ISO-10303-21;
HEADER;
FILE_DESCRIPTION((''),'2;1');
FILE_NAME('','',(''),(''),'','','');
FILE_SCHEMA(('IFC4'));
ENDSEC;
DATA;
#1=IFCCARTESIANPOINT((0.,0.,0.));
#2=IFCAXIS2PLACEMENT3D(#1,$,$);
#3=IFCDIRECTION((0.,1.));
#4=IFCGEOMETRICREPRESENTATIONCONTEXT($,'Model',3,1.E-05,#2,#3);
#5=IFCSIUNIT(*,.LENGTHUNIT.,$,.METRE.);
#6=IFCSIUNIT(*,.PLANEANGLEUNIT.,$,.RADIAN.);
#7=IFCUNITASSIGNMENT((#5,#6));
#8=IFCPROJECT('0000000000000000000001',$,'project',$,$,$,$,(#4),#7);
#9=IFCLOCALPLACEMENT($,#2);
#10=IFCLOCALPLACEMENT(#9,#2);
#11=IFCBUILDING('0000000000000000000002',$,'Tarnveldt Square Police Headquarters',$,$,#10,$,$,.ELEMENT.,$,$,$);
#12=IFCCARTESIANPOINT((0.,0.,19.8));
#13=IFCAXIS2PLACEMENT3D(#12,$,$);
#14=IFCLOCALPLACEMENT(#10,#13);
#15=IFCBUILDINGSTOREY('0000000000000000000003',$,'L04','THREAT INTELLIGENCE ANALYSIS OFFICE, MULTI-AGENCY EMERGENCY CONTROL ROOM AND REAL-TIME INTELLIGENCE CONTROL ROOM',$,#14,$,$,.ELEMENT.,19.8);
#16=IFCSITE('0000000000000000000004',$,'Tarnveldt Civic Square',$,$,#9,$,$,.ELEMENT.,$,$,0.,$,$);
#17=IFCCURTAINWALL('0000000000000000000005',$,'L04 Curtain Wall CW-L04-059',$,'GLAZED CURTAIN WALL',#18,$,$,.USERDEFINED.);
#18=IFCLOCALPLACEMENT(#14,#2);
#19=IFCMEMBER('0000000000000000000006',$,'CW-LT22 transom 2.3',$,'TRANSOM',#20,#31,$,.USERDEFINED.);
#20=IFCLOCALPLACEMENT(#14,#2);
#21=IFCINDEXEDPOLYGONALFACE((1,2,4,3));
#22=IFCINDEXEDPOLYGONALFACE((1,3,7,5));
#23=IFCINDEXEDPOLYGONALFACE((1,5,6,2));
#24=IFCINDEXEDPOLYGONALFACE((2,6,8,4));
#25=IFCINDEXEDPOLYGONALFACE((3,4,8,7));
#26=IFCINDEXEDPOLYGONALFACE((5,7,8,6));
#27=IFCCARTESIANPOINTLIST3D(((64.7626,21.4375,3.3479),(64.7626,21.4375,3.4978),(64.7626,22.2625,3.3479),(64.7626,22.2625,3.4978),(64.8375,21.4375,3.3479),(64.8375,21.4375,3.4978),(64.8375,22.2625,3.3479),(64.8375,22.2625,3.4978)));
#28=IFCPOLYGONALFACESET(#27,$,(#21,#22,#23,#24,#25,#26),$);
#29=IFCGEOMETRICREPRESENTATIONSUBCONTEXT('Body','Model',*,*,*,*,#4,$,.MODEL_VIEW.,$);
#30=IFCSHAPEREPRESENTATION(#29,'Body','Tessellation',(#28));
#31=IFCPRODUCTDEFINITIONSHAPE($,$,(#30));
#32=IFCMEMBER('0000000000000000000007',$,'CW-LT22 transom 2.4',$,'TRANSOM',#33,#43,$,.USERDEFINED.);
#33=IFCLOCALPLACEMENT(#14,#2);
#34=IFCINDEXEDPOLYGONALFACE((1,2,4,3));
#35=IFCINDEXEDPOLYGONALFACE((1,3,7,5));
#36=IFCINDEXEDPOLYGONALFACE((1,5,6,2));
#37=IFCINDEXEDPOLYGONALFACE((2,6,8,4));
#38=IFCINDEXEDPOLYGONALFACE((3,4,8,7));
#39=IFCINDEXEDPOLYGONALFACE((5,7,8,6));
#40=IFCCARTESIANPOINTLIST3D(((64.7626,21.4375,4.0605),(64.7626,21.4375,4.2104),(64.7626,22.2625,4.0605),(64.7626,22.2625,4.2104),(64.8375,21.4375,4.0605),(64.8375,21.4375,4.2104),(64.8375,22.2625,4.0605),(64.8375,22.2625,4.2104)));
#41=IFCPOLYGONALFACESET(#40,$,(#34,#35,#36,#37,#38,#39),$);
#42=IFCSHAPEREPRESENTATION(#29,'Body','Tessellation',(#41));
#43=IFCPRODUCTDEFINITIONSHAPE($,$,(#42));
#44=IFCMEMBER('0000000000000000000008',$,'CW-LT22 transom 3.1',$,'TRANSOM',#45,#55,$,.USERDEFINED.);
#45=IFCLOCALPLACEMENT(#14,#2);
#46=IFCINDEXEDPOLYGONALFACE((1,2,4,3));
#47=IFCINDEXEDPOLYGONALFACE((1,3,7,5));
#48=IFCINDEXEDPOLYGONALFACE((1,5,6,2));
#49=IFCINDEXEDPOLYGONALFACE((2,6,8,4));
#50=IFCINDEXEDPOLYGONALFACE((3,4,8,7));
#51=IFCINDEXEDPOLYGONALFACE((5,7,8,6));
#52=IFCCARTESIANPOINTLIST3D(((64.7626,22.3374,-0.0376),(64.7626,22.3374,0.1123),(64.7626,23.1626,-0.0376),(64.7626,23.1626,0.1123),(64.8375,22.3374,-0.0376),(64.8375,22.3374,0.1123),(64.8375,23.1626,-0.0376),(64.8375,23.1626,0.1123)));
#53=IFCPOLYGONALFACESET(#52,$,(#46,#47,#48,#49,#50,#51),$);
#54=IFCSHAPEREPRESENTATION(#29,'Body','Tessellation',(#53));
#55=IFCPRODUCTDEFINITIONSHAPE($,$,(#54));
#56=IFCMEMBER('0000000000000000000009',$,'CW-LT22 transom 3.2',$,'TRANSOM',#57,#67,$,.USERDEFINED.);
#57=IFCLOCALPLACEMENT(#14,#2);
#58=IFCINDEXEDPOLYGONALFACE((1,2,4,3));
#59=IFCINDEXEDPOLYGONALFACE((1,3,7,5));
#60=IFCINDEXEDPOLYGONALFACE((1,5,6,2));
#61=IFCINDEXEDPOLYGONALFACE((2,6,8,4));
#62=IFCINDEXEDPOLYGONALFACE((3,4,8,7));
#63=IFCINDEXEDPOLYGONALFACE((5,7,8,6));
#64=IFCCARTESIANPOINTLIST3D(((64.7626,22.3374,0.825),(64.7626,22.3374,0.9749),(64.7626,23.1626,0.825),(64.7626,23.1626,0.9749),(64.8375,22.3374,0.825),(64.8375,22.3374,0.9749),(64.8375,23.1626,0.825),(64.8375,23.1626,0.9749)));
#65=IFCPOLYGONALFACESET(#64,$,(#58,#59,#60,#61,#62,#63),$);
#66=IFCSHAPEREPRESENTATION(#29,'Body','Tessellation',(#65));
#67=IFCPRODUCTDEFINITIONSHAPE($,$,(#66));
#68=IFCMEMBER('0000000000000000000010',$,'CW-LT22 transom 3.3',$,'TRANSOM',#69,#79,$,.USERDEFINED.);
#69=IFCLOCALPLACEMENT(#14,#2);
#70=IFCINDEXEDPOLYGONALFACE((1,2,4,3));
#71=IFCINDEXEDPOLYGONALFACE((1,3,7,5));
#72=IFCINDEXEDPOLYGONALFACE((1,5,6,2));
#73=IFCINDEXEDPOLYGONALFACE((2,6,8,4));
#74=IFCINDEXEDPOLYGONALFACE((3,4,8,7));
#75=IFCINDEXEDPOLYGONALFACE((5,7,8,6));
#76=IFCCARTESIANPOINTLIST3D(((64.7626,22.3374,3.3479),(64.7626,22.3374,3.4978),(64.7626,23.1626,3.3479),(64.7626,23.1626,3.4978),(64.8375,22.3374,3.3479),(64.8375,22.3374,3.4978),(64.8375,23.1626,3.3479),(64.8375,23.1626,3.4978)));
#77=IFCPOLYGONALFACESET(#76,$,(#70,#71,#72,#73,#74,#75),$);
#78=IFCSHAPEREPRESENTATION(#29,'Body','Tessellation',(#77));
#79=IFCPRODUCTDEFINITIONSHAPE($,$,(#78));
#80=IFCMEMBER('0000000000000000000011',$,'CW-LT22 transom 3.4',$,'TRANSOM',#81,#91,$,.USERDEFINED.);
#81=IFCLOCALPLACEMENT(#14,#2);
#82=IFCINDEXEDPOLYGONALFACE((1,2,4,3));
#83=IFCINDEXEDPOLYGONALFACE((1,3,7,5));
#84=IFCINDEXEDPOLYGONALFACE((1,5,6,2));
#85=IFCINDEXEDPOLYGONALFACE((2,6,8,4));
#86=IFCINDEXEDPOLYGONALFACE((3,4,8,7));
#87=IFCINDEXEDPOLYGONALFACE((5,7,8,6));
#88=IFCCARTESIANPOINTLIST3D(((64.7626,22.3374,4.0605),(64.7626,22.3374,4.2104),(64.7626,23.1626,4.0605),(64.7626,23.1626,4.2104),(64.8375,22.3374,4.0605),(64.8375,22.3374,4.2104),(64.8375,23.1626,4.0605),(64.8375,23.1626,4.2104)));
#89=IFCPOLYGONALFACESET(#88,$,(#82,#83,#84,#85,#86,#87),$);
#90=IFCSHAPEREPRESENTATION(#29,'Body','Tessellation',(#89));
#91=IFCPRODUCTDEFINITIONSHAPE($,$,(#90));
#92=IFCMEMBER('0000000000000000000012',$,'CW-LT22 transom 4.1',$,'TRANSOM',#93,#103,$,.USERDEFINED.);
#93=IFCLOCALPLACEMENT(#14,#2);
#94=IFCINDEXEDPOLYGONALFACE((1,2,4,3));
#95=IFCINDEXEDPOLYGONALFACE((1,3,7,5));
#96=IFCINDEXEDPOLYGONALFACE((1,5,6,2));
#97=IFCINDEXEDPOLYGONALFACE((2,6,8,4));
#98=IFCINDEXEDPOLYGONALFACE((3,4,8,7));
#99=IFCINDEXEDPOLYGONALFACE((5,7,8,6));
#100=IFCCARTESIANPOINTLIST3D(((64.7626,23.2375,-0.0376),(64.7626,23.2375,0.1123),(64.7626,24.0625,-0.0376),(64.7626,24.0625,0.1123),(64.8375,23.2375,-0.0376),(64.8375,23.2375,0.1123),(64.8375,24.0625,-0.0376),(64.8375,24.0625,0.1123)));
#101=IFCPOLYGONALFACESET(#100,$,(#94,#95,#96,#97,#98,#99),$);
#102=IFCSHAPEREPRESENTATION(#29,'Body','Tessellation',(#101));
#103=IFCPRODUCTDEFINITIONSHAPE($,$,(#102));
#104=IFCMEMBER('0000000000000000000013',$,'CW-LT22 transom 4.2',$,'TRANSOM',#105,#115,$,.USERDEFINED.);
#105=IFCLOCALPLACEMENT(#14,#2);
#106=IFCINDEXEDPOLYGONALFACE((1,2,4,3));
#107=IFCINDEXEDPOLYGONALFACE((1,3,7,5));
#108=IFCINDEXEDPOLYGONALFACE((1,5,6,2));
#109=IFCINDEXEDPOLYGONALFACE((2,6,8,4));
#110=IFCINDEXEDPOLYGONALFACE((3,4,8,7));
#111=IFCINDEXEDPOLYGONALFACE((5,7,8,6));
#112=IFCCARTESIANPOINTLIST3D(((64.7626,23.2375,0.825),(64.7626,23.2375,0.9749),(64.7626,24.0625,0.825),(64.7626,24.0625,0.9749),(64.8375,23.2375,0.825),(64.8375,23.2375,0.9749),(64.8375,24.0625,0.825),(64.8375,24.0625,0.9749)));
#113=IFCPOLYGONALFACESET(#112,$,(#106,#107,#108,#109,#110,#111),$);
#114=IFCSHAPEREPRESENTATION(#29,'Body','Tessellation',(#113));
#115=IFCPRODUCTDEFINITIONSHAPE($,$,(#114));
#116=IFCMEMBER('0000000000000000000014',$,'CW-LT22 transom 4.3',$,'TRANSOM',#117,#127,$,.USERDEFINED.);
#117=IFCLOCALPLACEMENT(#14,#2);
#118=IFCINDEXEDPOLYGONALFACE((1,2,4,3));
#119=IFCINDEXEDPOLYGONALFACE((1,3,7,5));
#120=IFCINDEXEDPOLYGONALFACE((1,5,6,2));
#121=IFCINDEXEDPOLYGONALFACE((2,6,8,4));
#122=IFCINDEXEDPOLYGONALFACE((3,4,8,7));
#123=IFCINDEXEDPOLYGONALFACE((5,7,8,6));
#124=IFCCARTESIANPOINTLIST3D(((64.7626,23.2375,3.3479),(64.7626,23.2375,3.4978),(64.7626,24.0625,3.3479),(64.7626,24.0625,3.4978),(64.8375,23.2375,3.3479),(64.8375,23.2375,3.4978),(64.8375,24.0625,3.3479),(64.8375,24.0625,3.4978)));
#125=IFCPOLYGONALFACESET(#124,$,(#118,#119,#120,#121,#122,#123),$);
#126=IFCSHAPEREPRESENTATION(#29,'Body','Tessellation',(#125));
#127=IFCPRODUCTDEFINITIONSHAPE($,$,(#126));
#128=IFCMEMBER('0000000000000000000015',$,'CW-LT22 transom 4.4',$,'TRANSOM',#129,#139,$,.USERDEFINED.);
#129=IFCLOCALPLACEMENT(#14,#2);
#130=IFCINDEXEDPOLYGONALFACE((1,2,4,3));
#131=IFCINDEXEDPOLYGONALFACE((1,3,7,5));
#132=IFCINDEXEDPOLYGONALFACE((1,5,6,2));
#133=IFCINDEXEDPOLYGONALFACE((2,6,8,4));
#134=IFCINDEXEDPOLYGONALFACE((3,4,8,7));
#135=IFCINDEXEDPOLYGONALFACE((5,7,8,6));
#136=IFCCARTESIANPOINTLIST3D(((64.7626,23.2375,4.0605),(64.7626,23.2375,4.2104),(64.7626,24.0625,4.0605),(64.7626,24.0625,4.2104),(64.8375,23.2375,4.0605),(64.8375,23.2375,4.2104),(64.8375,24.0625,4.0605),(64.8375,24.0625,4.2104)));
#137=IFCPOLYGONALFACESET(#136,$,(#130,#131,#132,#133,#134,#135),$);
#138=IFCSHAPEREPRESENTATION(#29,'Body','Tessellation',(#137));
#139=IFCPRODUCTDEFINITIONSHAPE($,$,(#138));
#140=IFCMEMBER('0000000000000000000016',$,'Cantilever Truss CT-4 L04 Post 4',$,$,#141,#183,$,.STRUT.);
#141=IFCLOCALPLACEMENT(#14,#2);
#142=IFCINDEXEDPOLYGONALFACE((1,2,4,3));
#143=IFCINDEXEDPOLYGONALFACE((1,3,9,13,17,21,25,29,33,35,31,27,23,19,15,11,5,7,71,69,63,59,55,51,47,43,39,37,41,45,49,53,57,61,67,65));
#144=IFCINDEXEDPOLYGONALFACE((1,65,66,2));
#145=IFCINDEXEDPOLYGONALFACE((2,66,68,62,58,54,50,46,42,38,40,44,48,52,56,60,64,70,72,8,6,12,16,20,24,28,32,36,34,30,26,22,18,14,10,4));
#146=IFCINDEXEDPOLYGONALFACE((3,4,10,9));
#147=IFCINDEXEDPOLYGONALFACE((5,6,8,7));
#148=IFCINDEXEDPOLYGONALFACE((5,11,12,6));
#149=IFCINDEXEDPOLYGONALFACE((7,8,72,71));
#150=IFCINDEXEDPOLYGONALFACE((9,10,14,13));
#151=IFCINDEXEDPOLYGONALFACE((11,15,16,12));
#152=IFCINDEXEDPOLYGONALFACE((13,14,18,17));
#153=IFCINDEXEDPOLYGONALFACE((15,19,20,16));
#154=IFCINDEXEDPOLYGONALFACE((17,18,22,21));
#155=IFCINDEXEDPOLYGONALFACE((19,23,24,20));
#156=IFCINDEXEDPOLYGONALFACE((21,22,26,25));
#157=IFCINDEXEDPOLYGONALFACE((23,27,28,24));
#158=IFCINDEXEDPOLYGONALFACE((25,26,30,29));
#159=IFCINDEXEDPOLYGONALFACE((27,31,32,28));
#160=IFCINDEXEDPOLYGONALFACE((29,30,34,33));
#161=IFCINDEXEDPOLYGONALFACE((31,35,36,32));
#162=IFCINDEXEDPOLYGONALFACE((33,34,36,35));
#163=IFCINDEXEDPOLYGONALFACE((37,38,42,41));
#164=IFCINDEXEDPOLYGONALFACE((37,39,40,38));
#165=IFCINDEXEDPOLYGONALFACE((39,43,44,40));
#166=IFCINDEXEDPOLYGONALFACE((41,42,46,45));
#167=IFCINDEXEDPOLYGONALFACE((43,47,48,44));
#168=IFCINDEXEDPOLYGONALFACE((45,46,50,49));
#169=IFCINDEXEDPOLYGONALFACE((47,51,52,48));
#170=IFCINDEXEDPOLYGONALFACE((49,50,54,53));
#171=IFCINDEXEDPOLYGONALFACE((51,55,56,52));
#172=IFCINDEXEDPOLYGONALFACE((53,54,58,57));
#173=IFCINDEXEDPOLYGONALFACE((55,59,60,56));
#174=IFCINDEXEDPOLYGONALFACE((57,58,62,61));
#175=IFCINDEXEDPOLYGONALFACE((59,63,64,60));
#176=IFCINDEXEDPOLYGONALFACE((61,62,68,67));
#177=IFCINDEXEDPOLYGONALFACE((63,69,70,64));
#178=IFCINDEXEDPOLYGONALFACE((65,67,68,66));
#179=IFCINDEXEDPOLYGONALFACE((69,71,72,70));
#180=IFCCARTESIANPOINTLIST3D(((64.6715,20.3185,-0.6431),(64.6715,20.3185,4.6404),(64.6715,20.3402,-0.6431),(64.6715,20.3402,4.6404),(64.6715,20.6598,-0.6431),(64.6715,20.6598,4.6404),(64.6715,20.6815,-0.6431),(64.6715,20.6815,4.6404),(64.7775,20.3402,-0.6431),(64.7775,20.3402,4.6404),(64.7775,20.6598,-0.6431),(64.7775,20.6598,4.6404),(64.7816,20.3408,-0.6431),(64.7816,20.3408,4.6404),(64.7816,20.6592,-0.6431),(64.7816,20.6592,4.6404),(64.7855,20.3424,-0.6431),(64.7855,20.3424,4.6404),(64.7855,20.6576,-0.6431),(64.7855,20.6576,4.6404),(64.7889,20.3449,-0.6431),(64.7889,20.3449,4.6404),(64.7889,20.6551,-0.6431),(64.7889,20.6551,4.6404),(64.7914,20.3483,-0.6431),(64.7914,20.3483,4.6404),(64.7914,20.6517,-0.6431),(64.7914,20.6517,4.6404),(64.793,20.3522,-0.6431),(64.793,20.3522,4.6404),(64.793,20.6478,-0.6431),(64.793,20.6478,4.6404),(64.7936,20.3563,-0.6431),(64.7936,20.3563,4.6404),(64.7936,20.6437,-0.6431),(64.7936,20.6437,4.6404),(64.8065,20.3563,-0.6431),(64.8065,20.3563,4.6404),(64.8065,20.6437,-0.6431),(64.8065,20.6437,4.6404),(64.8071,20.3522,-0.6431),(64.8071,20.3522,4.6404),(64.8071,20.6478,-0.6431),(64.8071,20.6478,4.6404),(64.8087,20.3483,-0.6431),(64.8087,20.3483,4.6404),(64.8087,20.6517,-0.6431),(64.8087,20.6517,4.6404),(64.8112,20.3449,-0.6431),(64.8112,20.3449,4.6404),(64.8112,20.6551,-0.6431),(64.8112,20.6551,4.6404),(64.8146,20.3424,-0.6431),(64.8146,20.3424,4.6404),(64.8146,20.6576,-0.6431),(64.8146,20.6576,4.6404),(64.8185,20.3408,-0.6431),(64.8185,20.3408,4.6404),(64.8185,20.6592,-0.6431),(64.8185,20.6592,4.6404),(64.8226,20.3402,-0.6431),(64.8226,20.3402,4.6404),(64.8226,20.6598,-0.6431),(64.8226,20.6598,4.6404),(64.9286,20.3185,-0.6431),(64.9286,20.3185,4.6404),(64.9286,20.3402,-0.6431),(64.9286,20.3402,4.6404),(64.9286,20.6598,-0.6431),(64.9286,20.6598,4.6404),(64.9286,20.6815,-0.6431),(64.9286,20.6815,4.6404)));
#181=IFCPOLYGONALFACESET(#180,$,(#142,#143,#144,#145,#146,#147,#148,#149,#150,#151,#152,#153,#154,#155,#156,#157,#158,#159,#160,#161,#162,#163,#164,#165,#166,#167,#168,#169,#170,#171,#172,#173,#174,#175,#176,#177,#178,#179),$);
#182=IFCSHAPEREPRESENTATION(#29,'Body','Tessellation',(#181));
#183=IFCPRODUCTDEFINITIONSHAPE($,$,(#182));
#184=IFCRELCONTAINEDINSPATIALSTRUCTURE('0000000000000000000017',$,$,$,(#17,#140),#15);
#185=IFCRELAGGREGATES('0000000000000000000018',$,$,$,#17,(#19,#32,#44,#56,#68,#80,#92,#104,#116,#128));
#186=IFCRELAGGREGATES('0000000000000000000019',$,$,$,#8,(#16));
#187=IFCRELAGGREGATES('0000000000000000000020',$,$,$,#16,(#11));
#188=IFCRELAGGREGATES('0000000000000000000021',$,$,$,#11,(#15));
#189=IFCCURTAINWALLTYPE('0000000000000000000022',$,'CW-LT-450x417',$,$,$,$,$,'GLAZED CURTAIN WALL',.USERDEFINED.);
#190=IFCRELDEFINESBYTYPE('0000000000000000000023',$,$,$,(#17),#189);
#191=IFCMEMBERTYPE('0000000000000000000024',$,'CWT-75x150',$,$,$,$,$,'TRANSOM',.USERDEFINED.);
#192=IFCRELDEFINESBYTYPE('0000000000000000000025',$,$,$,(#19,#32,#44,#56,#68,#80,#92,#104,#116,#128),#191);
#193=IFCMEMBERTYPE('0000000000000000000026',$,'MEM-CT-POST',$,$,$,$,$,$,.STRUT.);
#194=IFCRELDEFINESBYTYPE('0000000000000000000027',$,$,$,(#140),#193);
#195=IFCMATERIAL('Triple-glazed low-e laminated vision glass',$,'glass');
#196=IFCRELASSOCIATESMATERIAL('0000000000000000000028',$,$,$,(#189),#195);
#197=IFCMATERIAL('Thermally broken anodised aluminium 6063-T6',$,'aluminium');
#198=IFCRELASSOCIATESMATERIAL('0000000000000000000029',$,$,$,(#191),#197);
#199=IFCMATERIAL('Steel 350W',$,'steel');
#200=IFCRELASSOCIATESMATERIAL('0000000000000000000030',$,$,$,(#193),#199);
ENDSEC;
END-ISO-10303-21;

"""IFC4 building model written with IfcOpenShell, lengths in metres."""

from ifc_helpers import new_model, si_unit, direction, frame, origin, origin_2d, place, context, subcontext, project, spatial, rectangle, i_section, extrude, material, material_profile, profile_set, type_object, element, aggregate, save


model = new_model("IFC4")

# Units and contexts
model_context = context("Model", 3, precision=1e-05, world=origin(), true_north=direction((0.0, 1.0)))
body_context = subcontext(model_context, "Body", "Model", "MODEL_VIEW")
ifc_project = project(units=[si_unit("LENGTHUNIT", "METRE"), si_unit("PLANEANGLEUNIT", "RADIAN")], contexts=[model_context])

# Site, building, storey
site_placement = place(None, origin())
site = spatial("IfcSite", under=ifc_project, at=site_placement, Name="Tarnveldt Civic Square", CompositionType="ELEMENT", RefElevation=0.0)
building_placement = place(site_placement, origin())
building = spatial("IfcBuilding", under=site, at=building_placement, Name="Tarnveldt Square Police Headquarters", CompositionType="ELEMENT")
storey_placement = place(building_placement, frame((0.0, 0.0, 19.8)))
storey = spatial("IfcBuildingStorey", under=building, at=storey_placement, Name="L04", Description="THREAT INTELLIGENCE ANALYSIS OFFICE, MULTI-AGENCY EMERGENCY CONTROL ROOM AND REAL-TIME INTELLIGENCE CONTROL ROOM", CompositionType="ELEMENT", Elevation=19.8)

# Shared definitions
ifc_material_1 = material(Name="Steel 350W", Category="steel")

# Curtain wall, members
ifc_material_2 = material(Name="Triple-glazed low-e laminated vision glass", Category="glass")
curtain_wall_type = type_object("IfcCurtainWallType", Name="CW-LT-450x417", ElementType="GLAZED CURTAIN WALL", PredefinedType="USERDEFINED", material=ifc_material_2)
curtain_wall_placement = place(storey_placement, origin())
curtain_wall = element("IfcCurtainWall", 1, at=curtain_wall_placement, inside=storey, type_object=curtain_wall_type, Name="L04 Curtain Wall CW-L04-059", ObjectType="GLAZED CURTAIN WALL", PredefinedType="USERDEFINED")
ifc_material_3 = material(Name="Thermally broken anodised aluminium 6063-T6", Category="aluminium")
ifc_material_profile_1 = material_profile(ifc_material_3, rectangle(XDim=0.075, YDim=0.1499, at=origin_2d()), Name="CW-T75x150")
ifc_profile_set_1 = profile_set([ifc_material_profile_1], Name="Thermally broken anodised aluminium 6063-T6")
member_type_1 = type_object("IfcMemberType", Name="CWT-75x150", ElementType="TRANSOM", PredefinedType="USERDEFINED", material=ifc_profile_set_1)
member_1_placement = place(storey_placement, frame((64.8, 21.4375, 3.4229), z_axis=(0.0, 1.0, 0.0), x_axis=(-1.0, 0.0, 0.0)))
member_1 = element("IfcMember", 2, at=member_1_placement, type_object=member_type_1, Name="CW-LT22 transom 2.3", ObjectType="TRANSOM", PredefinedType="USERDEFINED", context=body_context, shape_type="SweptSolid", body=[
    extrude(rectangle(XDim=0.075, YDim=0.1499, at=origin_2d()), origin(), (0.0, 0.0, 1.0), 0.825),
])
member_2_placement = place(storey_placement, frame((64.8, 21.4375, 4.1355), z_axis=(0.0, 1.0, 0.0), x_axis=(-1.0, 0.0, 0.0)))
member_2 = element("IfcMember", 3, at=member_2_placement, type_object=member_type_1, Name="CW-LT22 transom 2.4", ObjectType="TRANSOM", PredefinedType="USERDEFINED", context=body_context, shape_type="SweptSolid", body=[
    extrude(rectangle(XDim=0.075, YDim=0.1499, at=origin_2d()), origin(), (0.0, 0.0, 1.0), 0.825),
])
member_3_placement = place(storey_placement, frame((64.8, 22.3374, 0.0374), z_axis=(0.0, 1.0, 0.0), x_axis=(-1.0, 0.0, 0.0)))
member_3 = element("IfcMember", 4, at=member_3_placement, type_object=member_type_1, Name="CW-LT22 transom 3.1", ObjectType="TRANSOM", PredefinedType="USERDEFINED", context=body_context, shape_type="SweptSolid", body=[
    extrude(rectangle(XDim=0.075, YDim=0.1499, at=origin_2d()), origin(), (0.0, 0.0, 1.0), 0.8252),
])
member_4_placement = place(storey_placement, frame((64.8, 22.3374, 0.8999), z_axis=(0.0, 1.0, 0.0), x_axis=(-1.0, 0.0, 0.0)))
member_4 = element("IfcMember", 5, at=member_4_placement, type_object=member_type_1, Name="CW-LT22 transom 3.2", ObjectType="TRANSOM", PredefinedType="USERDEFINED", context=body_context, shape_type="SweptSolid", body=[
    extrude(rectangle(XDim=0.075, YDim=0.1499, at=origin_2d()), origin(), (0.0, 0.0, 1.0), 0.8252),
])
member_5_placement = place(storey_placement, frame((64.8, 22.3374, 3.4229), z_axis=(0.0, 1.0, 0.0), x_axis=(-1.0, 0.0, 0.0)))
member_5 = element("IfcMember", 6, at=member_5_placement, type_object=member_type_1, Name="CW-LT22 transom 3.3", ObjectType="TRANSOM", PredefinedType="USERDEFINED", context=body_context, shape_type="SweptSolid", body=[
    extrude(rectangle(XDim=0.075, YDim=0.1499, at=origin_2d()), origin(), (0.0, 0.0, 1.0), 0.8252),
])
member_6_placement = place(storey_placement, frame((64.8, 22.3374, 4.1355), z_axis=(0.0, 1.0, 0.0), x_axis=(-1.0, 0.0, 0.0)))
member_6 = element("IfcMember", 7, at=member_6_placement, type_object=member_type_1, Name="CW-LT22 transom 3.4", ObjectType="TRANSOM", PredefinedType="USERDEFINED", context=body_context, shape_type="SweptSolid", body=[
    extrude(rectangle(XDim=0.075, YDim=0.1499, at=origin_2d()), origin(), (0.0, 0.0, 1.0), 0.8252),
])
member_7_placement = place(storey_placement, frame((64.8, 23.2375, 0.0374), z_axis=(0.0, 1.0, 0.0), x_axis=(-1.0, 0.0, 0.0)))
member_7 = element("IfcMember", 8, at=member_7_placement, type_object=member_type_1, Name="CW-LT22 transom 4.1", ObjectType="TRANSOM", PredefinedType="USERDEFINED", context=body_context, shape_type="SweptSolid", body=[
    extrude(rectangle(XDim=0.075, YDim=0.1499, at=origin_2d()), origin(), (0.0, 0.0, 1.0), 0.825),
])
member_8_placement = place(storey_placement, frame((64.8, 23.2375, 0.8999), z_axis=(0.0, 1.0, 0.0), x_axis=(-1.0, 0.0, 0.0)))
member_8 = element("IfcMember", 9, at=member_8_placement, type_object=member_type_1, Name="CW-LT22 transom 4.2", ObjectType="TRANSOM", PredefinedType="USERDEFINED", context=body_context, shape_type="SweptSolid", body=[
    extrude(rectangle(XDim=0.075, YDim=0.1499, at=origin_2d()), origin(), (0.0, 0.0, 1.0), 0.825),
])
member_9_placement = place(storey_placement, frame((64.8, 23.2375, 3.4229), z_axis=(0.0, 1.0, 0.0), x_axis=(-1.0, 0.0, 0.0)))
member_9 = element("IfcMember", 10, at=member_9_placement, type_object=member_type_1, Name="CW-LT22 transom 4.3", ObjectType="TRANSOM", PredefinedType="USERDEFINED", context=body_context, shape_type="SweptSolid", body=[
    extrude(rectangle(XDim=0.075, YDim=0.1499, at=origin_2d()), origin(), (0.0, 0.0, 1.0), 0.825),
])
member_10_placement = place(storey_placement, frame((64.8, 23.2375, 4.1355), z_axis=(0.0, 1.0, 0.0), x_axis=(-1.0, 0.0, 0.0)))
member_10 = element("IfcMember", 11, at=member_10_placement, type_object=member_type_1, Name="CW-LT22 transom 4.4", ObjectType="TRANSOM", PredefinedType="USERDEFINED", context=body_context, shape_type="SweptSolid", body=[
    extrude(rectangle(XDim=0.075, YDim=0.1499, at=origin_2d()), origin(), (0.0, 0.0, 1.0), 0.825),
])

# Member
ifc_material_profile_2 = material_profile(ifc_material_1, i_section(OverallWidth=0.2571, OverallDepth=0.363, WebThickness=0.0129, FlangeThickness=0.0217, FilletRadius=0.0161, at=origin_2d()), Name="W360x122")
ifc_profile_set_2 = profile_set([ifc_material_profile_2], Name="Steel 350W")
member_type_2 = type_object("IfcMemberType", Name="MEM-CT-POST", PredefinedType="STRUT", material=ifc_profile_set_2)
member_11_placement = place(storey_placement, frame((64.8, 20.5, -0.6431), z_axis=(0.0, 0.0, 1.0), x_axis=(1.0, 0.0, 0.0)))
element("IfcMember", 12, at=member_11_placement, inside=storey, type_object=member_type_2, Name="Cantilever Truss CT-4 L04 Post 4", PredefinedType="STRUT", context=body_context, shape_type="SweptSolid", body=[
    extrude(i_section(OverallWidth=0.2571, OverallDepth=0.363, WebThickness=0.0129, FlangeThickness=0.0217, FilletRadius=0.0161, at=origin_2d()), origin(), (0.0, 0.0, 1.0), 5.2834),
])

aggregate(curtain_wall, [member_1, member_2, member_3, member_4, member_5, member_6, member_7, member_8, member_9, member_10])

save(model, "model.ifc")
